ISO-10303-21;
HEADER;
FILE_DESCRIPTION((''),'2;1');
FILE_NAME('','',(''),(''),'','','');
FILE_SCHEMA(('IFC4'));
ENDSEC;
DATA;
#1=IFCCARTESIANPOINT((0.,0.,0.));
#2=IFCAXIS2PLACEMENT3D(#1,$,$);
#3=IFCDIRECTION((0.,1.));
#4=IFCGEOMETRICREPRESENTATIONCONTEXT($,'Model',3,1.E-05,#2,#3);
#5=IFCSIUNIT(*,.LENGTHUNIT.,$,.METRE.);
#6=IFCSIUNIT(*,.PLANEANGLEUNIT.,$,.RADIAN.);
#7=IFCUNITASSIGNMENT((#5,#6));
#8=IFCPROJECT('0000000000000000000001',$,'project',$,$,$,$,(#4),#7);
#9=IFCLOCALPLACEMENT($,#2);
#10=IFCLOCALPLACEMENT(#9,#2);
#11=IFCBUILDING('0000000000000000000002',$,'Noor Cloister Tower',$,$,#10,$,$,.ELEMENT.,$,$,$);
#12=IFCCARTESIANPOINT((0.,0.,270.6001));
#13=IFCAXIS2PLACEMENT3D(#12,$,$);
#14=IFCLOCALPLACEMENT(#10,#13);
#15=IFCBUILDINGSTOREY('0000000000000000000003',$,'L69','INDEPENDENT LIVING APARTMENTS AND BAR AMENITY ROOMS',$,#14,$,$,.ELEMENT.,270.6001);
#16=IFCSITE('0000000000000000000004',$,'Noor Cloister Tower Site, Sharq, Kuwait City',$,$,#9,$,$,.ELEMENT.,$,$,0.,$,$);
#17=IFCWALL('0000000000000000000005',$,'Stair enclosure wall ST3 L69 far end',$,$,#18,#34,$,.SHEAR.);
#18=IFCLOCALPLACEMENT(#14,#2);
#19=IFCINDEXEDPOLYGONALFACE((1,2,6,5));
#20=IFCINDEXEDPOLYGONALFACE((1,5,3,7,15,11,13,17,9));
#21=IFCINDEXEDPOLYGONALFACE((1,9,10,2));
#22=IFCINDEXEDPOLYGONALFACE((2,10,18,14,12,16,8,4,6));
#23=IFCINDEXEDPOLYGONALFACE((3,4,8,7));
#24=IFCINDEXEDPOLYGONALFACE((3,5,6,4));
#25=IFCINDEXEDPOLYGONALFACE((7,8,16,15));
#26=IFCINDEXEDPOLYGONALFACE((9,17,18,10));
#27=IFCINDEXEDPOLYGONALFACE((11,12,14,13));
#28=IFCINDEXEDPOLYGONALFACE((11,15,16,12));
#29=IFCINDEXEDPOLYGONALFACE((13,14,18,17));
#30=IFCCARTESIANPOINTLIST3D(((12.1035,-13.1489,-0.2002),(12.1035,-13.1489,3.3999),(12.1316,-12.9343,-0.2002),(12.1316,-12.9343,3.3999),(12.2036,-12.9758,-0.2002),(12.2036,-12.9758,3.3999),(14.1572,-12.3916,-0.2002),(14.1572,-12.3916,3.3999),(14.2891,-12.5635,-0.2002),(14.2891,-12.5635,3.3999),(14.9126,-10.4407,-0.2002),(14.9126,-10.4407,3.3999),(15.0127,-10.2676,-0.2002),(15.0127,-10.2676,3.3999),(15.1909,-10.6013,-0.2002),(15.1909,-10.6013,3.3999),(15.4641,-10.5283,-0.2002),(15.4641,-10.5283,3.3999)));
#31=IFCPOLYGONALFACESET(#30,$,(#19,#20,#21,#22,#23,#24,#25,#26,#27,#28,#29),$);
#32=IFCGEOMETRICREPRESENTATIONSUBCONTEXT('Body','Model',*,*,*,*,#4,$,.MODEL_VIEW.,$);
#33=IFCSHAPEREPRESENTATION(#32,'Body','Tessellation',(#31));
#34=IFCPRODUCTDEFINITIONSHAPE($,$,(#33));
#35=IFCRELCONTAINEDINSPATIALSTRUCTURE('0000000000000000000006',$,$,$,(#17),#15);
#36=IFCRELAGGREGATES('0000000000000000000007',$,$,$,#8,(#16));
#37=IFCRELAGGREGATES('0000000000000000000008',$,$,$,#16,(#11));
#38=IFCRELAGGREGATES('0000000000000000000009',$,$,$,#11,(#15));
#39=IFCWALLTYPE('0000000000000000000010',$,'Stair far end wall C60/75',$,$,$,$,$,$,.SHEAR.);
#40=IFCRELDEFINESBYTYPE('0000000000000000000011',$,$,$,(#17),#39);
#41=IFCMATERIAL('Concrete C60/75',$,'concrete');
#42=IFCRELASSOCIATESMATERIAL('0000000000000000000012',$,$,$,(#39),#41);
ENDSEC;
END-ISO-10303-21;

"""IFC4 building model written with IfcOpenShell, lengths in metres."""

from ifc_helpers import new_model, si_unit, direction, frame, origin, place, context, subcontext, project, spatial, polyline, outline, extrude, material, type_object, element, save


model = new_model("IFC4")

# Units and contexts
model_context = context("Model", 3, precision=1e-05, world=origin(), true_north=direction((0.0, 1.0)))
body_context = subcontext(model_context, "Body", "Model", "MODEL_VIEW")
ifc_project = project(units=[si_unit("LENGTHUNIT", "METRE"), si_unit("PLANEANGLEUNIT", "RADIAN")], contexts=[model_context])

# Site, building, storey
site_placement = place(None, origin())
site = spatial("IfcSite", under=ifc_project, at=site_placement, Name="Noor Cloister Tower Site, Sharq, Kuwait City", CompositionType="ELEMENT", RefElevation=0.0)
building_placement = place(site_placement, origin())
building = spatial("IfcBuilding", under=site, at=building_placement, Name="Noor Cloister Tower", CompositionType="ELEMENT")
storey_placement = place(building_placement, frame((0.0, 0.0, 270.6001)))
storey = spatial("IfcBuildingStorey", under=building, at=storey_placement, Name="L69", Description="INDEPENDENT LIVING APARTMENTS AND BAR AMENITY ROOMS", CompositionType="ELEMENT", Elevation=270.6001)

# Wall
ifc_material_1 = material(Name="Concrete C60/75", Category="concrete")
wall_type_1 = type_object("IfcWallType", Name="Stair far end wall C60/75", PredefinedType="SHEAR", material=ifc_material_1)
wall_1_placement = place(storey_placement, frame((0.0, 0.0, -0.2002)))
element("IfcWall", 1, at=wall_1_placement, inside=storey, type_object=wall_type_1, Name="Stair enclosure wall ST3 L69 far end", PredefinedType="SHEAR", context=body_context, shape_type="SweptSolid", body=[
    extrude(outline(polyline([(12.1035, -13.1489), (14.2891, -12.5635), (15.4641, -10.5283), (15.0127, -10.2676), (14.9126, -10.4407), (15.1909, -10.6013), (14.1572, -12.3916), (12.1316, -12.9343), (12.2036, -12.9758), (12.2036, -12.9758), (12.2036, -12.9758), (12.2036, -12.9758), (12.2036, -12.9758), (12.2036, -12.9758), (12.2036, -12.9758), (12.2036, -12.9758), (12.2036, -12.9758), (12.2036, -12.9758), (12.2036, -12.9758), (12.2036, -12.9758), (12.2036, -12.9758), (12.2036, -12.9758), (12.2036, -12.9758), (12.2036, -12.9758), (12.2036, -12.9758), (12.1035, -13.1489)])), origin(), (0.0, 0.0, 1.0), 3.6001),
])

save(model, "model.ifc")
